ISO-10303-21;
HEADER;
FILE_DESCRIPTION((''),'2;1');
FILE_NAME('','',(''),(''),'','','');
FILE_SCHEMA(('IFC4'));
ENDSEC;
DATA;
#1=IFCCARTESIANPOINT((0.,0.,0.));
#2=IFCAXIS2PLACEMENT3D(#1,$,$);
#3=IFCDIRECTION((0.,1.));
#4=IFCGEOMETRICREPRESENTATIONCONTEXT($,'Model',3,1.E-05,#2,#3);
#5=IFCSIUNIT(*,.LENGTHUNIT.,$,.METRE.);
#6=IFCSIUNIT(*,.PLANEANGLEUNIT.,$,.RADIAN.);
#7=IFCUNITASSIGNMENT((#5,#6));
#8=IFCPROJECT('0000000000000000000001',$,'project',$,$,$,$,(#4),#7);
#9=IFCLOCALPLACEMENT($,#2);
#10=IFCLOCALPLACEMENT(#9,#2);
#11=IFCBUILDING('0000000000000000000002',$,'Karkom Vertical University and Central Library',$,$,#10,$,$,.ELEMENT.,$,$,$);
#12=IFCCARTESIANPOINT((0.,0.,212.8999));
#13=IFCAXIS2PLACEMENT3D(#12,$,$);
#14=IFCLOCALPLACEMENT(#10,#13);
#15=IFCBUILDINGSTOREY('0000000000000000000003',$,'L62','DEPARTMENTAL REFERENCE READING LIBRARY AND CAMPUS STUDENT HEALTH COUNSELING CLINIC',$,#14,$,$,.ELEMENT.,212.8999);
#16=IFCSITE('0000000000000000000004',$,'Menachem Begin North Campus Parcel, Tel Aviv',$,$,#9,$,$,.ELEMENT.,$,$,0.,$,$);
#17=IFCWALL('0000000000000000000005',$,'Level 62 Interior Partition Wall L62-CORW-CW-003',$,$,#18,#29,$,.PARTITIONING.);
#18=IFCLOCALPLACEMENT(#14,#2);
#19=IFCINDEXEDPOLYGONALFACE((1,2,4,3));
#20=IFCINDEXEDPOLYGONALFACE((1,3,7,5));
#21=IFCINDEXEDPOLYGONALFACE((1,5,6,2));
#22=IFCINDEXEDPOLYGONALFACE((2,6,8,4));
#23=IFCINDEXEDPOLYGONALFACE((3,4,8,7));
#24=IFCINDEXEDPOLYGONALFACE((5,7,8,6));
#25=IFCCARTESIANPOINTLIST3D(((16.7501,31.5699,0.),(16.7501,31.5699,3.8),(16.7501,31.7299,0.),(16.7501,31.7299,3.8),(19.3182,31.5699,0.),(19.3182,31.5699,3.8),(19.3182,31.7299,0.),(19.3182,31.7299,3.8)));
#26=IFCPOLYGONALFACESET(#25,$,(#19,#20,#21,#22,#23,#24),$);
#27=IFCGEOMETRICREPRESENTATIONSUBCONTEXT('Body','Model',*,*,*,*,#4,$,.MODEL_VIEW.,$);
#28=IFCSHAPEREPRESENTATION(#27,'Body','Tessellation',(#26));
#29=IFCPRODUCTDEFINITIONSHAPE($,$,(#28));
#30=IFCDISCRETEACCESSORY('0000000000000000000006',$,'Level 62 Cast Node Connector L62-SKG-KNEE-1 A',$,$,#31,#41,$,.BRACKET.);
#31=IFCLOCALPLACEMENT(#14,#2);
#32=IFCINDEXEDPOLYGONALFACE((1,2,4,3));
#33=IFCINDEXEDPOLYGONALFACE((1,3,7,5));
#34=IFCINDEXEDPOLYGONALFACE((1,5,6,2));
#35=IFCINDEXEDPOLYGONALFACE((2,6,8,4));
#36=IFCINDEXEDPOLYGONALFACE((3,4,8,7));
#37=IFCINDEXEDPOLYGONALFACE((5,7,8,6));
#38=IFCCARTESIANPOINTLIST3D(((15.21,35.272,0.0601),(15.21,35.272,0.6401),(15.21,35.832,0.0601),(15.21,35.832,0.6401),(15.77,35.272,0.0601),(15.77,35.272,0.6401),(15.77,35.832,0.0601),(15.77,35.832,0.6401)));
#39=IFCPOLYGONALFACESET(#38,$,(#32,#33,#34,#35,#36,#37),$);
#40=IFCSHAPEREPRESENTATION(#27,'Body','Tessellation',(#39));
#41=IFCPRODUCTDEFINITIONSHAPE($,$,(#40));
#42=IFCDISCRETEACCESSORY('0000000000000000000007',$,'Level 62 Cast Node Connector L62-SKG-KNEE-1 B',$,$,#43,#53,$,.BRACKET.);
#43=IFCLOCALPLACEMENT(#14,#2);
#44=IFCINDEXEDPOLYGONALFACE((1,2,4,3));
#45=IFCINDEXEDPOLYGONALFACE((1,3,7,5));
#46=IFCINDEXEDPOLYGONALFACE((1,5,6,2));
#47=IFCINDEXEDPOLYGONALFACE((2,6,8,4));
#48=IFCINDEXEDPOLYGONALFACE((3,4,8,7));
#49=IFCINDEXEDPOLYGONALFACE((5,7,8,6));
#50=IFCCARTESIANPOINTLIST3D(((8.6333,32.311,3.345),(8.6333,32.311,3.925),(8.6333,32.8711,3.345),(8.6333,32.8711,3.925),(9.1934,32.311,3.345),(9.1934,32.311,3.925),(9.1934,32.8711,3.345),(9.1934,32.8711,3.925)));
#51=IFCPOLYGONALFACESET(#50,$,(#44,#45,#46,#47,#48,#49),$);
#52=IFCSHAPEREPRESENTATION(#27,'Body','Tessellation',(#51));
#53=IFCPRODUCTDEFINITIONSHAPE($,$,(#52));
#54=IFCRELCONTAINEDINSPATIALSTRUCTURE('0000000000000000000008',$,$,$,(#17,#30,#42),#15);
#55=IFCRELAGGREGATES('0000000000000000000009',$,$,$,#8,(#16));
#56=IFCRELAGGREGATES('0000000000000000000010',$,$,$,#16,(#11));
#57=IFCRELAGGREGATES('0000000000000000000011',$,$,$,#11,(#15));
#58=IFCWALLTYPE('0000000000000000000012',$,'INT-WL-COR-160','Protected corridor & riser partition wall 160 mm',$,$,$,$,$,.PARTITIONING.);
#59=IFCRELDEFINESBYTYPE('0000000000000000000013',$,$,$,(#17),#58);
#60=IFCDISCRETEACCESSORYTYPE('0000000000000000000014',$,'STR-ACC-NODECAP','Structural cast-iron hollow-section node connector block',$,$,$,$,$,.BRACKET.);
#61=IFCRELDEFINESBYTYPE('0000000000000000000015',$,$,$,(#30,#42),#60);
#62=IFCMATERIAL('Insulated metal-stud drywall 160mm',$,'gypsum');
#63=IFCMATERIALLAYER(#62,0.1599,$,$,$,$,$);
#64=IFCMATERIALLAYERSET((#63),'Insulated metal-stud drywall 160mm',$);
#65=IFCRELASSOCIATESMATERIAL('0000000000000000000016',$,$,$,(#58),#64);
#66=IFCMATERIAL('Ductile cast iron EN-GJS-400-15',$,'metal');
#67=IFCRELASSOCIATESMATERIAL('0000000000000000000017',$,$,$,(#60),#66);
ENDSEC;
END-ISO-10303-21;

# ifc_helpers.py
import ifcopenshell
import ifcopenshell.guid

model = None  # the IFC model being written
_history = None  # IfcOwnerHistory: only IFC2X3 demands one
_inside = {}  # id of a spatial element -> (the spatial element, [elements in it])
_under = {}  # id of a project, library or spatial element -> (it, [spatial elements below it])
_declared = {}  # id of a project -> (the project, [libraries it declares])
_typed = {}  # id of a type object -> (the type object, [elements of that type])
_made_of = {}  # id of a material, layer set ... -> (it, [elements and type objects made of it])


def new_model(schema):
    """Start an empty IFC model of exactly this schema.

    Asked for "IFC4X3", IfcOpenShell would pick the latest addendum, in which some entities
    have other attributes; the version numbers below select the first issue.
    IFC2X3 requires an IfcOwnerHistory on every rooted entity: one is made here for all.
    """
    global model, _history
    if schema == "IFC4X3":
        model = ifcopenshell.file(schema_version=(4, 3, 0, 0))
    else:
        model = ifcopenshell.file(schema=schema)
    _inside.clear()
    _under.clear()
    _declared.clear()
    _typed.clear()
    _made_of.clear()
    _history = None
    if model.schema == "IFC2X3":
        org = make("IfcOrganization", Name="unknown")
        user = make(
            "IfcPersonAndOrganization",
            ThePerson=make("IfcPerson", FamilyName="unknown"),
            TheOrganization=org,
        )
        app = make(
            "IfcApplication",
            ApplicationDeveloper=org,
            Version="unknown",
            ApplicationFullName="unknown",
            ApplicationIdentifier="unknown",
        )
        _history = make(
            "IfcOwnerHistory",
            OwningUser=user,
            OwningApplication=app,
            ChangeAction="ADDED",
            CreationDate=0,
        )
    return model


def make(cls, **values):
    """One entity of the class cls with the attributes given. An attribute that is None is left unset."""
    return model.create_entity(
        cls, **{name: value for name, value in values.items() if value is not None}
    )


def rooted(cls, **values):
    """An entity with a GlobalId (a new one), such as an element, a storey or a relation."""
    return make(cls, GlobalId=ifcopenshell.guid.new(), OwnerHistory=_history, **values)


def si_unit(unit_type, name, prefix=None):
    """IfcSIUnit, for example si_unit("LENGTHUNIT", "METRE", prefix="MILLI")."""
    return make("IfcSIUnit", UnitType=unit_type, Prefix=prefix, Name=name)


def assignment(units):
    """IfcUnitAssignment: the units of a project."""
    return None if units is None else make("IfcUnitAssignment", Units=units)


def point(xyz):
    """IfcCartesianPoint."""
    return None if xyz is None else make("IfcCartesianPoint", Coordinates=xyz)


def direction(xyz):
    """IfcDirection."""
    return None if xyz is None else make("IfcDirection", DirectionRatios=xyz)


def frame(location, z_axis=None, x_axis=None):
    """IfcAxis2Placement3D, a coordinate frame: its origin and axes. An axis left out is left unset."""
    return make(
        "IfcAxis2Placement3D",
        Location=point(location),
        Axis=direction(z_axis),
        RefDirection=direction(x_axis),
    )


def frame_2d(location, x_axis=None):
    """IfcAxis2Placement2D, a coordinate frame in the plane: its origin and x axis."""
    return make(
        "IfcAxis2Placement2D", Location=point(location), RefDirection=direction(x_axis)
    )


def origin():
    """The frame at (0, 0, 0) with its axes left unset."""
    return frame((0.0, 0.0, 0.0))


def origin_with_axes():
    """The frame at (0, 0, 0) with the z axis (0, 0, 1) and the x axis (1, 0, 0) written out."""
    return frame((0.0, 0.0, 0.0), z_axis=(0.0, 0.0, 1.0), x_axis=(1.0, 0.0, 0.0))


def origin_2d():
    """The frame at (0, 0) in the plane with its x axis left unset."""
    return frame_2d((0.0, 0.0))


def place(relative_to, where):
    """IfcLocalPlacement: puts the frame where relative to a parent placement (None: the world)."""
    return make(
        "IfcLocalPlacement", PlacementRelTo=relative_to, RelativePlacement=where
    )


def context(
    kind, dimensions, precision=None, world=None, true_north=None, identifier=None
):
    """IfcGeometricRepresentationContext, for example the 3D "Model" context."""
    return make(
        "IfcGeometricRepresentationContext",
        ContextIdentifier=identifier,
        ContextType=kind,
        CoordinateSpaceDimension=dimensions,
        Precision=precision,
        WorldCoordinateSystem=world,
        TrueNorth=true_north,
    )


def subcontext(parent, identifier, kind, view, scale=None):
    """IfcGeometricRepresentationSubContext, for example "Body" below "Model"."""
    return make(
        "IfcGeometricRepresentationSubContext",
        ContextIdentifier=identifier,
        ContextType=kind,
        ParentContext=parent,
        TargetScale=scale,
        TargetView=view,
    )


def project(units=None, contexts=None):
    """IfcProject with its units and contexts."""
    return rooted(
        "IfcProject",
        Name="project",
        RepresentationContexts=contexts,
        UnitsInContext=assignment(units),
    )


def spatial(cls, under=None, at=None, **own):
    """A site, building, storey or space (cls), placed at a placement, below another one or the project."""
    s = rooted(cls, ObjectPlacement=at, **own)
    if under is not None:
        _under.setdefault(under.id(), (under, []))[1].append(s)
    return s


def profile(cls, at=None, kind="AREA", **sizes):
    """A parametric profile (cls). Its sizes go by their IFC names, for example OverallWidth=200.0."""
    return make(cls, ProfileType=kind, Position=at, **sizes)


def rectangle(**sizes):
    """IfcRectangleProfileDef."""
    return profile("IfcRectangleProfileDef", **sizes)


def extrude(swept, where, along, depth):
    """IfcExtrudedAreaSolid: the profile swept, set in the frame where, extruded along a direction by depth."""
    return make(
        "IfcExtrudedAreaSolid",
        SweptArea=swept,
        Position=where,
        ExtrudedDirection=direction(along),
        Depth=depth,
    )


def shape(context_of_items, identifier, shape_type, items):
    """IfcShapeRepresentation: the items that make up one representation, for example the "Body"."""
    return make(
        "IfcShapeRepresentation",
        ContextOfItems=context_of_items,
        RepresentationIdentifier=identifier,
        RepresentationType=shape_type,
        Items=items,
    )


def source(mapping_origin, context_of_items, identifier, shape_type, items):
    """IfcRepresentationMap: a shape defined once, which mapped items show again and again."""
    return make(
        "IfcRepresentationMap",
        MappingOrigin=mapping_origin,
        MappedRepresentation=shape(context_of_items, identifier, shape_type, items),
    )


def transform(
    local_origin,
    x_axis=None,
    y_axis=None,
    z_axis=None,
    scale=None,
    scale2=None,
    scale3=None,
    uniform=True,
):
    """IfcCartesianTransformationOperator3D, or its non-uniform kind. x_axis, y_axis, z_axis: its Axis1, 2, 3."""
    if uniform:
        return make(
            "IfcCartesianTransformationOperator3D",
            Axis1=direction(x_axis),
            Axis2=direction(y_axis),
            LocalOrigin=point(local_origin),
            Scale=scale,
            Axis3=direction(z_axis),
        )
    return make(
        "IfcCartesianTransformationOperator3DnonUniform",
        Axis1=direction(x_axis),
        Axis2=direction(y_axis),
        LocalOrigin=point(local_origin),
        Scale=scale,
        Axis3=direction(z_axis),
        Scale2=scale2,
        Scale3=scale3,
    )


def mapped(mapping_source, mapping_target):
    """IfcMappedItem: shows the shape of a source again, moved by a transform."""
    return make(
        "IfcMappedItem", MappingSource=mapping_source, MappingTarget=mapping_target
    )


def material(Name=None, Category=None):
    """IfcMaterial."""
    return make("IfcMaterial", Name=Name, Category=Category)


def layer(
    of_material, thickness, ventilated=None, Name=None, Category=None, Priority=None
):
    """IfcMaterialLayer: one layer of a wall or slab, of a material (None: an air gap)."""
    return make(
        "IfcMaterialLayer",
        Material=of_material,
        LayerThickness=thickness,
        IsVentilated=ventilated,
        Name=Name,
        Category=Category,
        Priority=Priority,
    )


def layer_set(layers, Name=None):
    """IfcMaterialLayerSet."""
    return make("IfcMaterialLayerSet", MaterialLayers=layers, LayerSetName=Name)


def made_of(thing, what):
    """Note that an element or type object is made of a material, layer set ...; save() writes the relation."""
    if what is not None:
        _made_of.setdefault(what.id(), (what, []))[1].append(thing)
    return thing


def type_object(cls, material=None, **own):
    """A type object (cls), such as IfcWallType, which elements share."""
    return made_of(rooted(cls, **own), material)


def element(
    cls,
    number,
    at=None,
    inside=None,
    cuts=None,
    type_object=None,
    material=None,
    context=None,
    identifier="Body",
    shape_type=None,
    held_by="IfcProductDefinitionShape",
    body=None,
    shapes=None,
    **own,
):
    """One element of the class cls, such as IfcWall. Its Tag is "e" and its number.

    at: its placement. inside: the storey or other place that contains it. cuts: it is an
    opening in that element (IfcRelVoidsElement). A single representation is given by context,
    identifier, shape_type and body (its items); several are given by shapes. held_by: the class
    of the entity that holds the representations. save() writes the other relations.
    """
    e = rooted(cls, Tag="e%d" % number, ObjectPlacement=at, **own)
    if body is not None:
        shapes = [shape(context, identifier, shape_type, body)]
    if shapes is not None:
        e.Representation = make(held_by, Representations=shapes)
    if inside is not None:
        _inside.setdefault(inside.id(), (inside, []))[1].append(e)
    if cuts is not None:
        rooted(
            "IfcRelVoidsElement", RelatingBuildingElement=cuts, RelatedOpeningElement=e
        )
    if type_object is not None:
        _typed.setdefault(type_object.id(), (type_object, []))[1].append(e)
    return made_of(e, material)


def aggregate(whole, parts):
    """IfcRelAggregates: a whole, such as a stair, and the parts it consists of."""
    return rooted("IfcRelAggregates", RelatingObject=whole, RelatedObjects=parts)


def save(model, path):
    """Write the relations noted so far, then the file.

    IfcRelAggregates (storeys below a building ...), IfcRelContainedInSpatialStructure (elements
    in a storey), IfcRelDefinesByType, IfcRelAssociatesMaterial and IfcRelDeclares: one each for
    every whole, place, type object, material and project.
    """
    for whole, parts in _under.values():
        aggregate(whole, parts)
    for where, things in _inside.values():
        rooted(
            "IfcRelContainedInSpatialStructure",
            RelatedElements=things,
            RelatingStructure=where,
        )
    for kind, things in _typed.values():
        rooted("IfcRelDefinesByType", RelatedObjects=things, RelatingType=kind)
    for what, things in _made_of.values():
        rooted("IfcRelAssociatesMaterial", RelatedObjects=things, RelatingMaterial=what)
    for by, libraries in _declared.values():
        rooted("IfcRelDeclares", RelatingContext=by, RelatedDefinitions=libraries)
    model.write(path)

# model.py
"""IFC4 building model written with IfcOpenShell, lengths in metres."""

from ifc_helpers import new_model, si_unit, direction, frame, frame_2d, origin, origin_with_axes, origin_2d, place, context, subcontext, project, spatial, rectangle, extrude, source, transform, mapped, material, layer, layer_set, type_object, element, save


model = new_model("IFC4")

# Units and contexts
model_context = context("Model", 3, precision=1e-05, world=origin(), true_north=direction((0.0, 1.0)))
body_context = subcontext(model_context, "Body", "Model", "MODEL_VIEW")
ifc_project = project(units=[si_unit("LENGTHUNIT", "METRE"), si_unit("PLANEANGLEUNIT", "RADIAN")], contexts=[model_context])

# Site, building, storey
site_placement = place(None, origin())
site = spatial("IfcSite", under=ifc_project, at=site_placement, Name="Menachem Begin North Campus Parcel, Tel Aviv", CompositionType="ELEMENT", RefElevation=0.0)
building_placement = place(site_placement, origin())
building = spatial("IfcBuilding", under=site, at=building_placement, Name="Karkom Vertical University and Central Library", CompositionType="ELEMENT")
storey_placement = place(building_placement, frame((0.0, 0.0, 212.8999)))
storey = spatial("IfcBuildingStorey", under=building, at=storey_placement, Name="L62", Description="DEPARTMENTAL REFERENCE READING LIBRARY AND CAMPUS STUDENT HEALTH COUNSELING CLINIC", CompositionType="ELEMENT", Elevation=212.8999)

# Wall
ifc_material_1 = material(Name="Insulated metal-stud drywall 160mm", Category="gypsum")
ifc_layer_1 = layer(ifc_material_1, 0.1599)
ifc_layer_set_1 = layer_set([ifc_layer_1], Name="Insulated metal-stud drywall 160mm")
wall_type_1 = type_object("IfcWallType", Name="INT-WL-COR-160", Description="Protected corridor & riser partition wall 160 mm", PredefinedType="PARTITIONING", material=ifc_layer_set_1)
wall_1_placement = place(storey_placement, frame((16.75, 31.6499, 0.0), z_axis=(0.0, 0.0, 1.0), x_axis=(1.0, 0.0, 0.0)))
element("IfcWall", 1, at=wall_1_placement, inside=storey, type_object=wall_type_1, Name="Level 62 Interior Partition Wall L62-CORW-CW-003", PredefinedType="PARTITIONING", context=body_context, shape_type="SweptSolid", body=[
    extrude(rectangle(XDim=2.5681, YDim=0.1599, at=frame_2d((1.2842, 0.0))), origin(), (0.0, 0.0, 1.0), 3.8),
])

# Discrete accessories
ifc_material_2 = material(Name="Ductile cast iron EN-GJS-400-15", Category="metal")
discrete_accessory_type = type_object("IfcDiscreteAccessoryType", Name="STR-ACC-NODECAP", Description="Structural cast-iron hollow-section node connector block", PredefinedType="BRACKET", material=ifc_material_2)
shared_shape_1 = source(origin_with_axes(), body_context, "Body", "SweptSolid", [
    extrude(rectangle(XDim=0.5601, YDim=0.5601, at=origin_2d()), origin(), (0.0, 0.0, 1.0), 0.5801),
])
for number, where, z_axis, x_axis, name in (
    (2, (15.49, 35.552, 0.0601), (0.0, 0.0, 1.0), (1.0, 0.0, 0.0), "Level 62 Cast Node Connector L62-SKG-KNEE-1 A"),
    (3, (8.9133, 32.5911, 3.345), (0.0, 0.0, 1.0), (1.0, 0.0, 0.0), "Level 62 Cast Node Connector L62-SKG-KNEE-1 B"),
):
    element("IfcDiscreteAccessory", number, at=place(storey_placement, frame(where, z_axis=z_axis, x_axis=x_axis)), inside=storey, type_object=discrete_accessory_type, Name=name, PredefinedType="BRACKET", context=body_context, shape_type="MappedRepresentation", body=[
        mapped(shared_shape_1, transform((0.0, 0.0, 0.0), scale=1.0)),
    ])

save(model, "model.ifc")
